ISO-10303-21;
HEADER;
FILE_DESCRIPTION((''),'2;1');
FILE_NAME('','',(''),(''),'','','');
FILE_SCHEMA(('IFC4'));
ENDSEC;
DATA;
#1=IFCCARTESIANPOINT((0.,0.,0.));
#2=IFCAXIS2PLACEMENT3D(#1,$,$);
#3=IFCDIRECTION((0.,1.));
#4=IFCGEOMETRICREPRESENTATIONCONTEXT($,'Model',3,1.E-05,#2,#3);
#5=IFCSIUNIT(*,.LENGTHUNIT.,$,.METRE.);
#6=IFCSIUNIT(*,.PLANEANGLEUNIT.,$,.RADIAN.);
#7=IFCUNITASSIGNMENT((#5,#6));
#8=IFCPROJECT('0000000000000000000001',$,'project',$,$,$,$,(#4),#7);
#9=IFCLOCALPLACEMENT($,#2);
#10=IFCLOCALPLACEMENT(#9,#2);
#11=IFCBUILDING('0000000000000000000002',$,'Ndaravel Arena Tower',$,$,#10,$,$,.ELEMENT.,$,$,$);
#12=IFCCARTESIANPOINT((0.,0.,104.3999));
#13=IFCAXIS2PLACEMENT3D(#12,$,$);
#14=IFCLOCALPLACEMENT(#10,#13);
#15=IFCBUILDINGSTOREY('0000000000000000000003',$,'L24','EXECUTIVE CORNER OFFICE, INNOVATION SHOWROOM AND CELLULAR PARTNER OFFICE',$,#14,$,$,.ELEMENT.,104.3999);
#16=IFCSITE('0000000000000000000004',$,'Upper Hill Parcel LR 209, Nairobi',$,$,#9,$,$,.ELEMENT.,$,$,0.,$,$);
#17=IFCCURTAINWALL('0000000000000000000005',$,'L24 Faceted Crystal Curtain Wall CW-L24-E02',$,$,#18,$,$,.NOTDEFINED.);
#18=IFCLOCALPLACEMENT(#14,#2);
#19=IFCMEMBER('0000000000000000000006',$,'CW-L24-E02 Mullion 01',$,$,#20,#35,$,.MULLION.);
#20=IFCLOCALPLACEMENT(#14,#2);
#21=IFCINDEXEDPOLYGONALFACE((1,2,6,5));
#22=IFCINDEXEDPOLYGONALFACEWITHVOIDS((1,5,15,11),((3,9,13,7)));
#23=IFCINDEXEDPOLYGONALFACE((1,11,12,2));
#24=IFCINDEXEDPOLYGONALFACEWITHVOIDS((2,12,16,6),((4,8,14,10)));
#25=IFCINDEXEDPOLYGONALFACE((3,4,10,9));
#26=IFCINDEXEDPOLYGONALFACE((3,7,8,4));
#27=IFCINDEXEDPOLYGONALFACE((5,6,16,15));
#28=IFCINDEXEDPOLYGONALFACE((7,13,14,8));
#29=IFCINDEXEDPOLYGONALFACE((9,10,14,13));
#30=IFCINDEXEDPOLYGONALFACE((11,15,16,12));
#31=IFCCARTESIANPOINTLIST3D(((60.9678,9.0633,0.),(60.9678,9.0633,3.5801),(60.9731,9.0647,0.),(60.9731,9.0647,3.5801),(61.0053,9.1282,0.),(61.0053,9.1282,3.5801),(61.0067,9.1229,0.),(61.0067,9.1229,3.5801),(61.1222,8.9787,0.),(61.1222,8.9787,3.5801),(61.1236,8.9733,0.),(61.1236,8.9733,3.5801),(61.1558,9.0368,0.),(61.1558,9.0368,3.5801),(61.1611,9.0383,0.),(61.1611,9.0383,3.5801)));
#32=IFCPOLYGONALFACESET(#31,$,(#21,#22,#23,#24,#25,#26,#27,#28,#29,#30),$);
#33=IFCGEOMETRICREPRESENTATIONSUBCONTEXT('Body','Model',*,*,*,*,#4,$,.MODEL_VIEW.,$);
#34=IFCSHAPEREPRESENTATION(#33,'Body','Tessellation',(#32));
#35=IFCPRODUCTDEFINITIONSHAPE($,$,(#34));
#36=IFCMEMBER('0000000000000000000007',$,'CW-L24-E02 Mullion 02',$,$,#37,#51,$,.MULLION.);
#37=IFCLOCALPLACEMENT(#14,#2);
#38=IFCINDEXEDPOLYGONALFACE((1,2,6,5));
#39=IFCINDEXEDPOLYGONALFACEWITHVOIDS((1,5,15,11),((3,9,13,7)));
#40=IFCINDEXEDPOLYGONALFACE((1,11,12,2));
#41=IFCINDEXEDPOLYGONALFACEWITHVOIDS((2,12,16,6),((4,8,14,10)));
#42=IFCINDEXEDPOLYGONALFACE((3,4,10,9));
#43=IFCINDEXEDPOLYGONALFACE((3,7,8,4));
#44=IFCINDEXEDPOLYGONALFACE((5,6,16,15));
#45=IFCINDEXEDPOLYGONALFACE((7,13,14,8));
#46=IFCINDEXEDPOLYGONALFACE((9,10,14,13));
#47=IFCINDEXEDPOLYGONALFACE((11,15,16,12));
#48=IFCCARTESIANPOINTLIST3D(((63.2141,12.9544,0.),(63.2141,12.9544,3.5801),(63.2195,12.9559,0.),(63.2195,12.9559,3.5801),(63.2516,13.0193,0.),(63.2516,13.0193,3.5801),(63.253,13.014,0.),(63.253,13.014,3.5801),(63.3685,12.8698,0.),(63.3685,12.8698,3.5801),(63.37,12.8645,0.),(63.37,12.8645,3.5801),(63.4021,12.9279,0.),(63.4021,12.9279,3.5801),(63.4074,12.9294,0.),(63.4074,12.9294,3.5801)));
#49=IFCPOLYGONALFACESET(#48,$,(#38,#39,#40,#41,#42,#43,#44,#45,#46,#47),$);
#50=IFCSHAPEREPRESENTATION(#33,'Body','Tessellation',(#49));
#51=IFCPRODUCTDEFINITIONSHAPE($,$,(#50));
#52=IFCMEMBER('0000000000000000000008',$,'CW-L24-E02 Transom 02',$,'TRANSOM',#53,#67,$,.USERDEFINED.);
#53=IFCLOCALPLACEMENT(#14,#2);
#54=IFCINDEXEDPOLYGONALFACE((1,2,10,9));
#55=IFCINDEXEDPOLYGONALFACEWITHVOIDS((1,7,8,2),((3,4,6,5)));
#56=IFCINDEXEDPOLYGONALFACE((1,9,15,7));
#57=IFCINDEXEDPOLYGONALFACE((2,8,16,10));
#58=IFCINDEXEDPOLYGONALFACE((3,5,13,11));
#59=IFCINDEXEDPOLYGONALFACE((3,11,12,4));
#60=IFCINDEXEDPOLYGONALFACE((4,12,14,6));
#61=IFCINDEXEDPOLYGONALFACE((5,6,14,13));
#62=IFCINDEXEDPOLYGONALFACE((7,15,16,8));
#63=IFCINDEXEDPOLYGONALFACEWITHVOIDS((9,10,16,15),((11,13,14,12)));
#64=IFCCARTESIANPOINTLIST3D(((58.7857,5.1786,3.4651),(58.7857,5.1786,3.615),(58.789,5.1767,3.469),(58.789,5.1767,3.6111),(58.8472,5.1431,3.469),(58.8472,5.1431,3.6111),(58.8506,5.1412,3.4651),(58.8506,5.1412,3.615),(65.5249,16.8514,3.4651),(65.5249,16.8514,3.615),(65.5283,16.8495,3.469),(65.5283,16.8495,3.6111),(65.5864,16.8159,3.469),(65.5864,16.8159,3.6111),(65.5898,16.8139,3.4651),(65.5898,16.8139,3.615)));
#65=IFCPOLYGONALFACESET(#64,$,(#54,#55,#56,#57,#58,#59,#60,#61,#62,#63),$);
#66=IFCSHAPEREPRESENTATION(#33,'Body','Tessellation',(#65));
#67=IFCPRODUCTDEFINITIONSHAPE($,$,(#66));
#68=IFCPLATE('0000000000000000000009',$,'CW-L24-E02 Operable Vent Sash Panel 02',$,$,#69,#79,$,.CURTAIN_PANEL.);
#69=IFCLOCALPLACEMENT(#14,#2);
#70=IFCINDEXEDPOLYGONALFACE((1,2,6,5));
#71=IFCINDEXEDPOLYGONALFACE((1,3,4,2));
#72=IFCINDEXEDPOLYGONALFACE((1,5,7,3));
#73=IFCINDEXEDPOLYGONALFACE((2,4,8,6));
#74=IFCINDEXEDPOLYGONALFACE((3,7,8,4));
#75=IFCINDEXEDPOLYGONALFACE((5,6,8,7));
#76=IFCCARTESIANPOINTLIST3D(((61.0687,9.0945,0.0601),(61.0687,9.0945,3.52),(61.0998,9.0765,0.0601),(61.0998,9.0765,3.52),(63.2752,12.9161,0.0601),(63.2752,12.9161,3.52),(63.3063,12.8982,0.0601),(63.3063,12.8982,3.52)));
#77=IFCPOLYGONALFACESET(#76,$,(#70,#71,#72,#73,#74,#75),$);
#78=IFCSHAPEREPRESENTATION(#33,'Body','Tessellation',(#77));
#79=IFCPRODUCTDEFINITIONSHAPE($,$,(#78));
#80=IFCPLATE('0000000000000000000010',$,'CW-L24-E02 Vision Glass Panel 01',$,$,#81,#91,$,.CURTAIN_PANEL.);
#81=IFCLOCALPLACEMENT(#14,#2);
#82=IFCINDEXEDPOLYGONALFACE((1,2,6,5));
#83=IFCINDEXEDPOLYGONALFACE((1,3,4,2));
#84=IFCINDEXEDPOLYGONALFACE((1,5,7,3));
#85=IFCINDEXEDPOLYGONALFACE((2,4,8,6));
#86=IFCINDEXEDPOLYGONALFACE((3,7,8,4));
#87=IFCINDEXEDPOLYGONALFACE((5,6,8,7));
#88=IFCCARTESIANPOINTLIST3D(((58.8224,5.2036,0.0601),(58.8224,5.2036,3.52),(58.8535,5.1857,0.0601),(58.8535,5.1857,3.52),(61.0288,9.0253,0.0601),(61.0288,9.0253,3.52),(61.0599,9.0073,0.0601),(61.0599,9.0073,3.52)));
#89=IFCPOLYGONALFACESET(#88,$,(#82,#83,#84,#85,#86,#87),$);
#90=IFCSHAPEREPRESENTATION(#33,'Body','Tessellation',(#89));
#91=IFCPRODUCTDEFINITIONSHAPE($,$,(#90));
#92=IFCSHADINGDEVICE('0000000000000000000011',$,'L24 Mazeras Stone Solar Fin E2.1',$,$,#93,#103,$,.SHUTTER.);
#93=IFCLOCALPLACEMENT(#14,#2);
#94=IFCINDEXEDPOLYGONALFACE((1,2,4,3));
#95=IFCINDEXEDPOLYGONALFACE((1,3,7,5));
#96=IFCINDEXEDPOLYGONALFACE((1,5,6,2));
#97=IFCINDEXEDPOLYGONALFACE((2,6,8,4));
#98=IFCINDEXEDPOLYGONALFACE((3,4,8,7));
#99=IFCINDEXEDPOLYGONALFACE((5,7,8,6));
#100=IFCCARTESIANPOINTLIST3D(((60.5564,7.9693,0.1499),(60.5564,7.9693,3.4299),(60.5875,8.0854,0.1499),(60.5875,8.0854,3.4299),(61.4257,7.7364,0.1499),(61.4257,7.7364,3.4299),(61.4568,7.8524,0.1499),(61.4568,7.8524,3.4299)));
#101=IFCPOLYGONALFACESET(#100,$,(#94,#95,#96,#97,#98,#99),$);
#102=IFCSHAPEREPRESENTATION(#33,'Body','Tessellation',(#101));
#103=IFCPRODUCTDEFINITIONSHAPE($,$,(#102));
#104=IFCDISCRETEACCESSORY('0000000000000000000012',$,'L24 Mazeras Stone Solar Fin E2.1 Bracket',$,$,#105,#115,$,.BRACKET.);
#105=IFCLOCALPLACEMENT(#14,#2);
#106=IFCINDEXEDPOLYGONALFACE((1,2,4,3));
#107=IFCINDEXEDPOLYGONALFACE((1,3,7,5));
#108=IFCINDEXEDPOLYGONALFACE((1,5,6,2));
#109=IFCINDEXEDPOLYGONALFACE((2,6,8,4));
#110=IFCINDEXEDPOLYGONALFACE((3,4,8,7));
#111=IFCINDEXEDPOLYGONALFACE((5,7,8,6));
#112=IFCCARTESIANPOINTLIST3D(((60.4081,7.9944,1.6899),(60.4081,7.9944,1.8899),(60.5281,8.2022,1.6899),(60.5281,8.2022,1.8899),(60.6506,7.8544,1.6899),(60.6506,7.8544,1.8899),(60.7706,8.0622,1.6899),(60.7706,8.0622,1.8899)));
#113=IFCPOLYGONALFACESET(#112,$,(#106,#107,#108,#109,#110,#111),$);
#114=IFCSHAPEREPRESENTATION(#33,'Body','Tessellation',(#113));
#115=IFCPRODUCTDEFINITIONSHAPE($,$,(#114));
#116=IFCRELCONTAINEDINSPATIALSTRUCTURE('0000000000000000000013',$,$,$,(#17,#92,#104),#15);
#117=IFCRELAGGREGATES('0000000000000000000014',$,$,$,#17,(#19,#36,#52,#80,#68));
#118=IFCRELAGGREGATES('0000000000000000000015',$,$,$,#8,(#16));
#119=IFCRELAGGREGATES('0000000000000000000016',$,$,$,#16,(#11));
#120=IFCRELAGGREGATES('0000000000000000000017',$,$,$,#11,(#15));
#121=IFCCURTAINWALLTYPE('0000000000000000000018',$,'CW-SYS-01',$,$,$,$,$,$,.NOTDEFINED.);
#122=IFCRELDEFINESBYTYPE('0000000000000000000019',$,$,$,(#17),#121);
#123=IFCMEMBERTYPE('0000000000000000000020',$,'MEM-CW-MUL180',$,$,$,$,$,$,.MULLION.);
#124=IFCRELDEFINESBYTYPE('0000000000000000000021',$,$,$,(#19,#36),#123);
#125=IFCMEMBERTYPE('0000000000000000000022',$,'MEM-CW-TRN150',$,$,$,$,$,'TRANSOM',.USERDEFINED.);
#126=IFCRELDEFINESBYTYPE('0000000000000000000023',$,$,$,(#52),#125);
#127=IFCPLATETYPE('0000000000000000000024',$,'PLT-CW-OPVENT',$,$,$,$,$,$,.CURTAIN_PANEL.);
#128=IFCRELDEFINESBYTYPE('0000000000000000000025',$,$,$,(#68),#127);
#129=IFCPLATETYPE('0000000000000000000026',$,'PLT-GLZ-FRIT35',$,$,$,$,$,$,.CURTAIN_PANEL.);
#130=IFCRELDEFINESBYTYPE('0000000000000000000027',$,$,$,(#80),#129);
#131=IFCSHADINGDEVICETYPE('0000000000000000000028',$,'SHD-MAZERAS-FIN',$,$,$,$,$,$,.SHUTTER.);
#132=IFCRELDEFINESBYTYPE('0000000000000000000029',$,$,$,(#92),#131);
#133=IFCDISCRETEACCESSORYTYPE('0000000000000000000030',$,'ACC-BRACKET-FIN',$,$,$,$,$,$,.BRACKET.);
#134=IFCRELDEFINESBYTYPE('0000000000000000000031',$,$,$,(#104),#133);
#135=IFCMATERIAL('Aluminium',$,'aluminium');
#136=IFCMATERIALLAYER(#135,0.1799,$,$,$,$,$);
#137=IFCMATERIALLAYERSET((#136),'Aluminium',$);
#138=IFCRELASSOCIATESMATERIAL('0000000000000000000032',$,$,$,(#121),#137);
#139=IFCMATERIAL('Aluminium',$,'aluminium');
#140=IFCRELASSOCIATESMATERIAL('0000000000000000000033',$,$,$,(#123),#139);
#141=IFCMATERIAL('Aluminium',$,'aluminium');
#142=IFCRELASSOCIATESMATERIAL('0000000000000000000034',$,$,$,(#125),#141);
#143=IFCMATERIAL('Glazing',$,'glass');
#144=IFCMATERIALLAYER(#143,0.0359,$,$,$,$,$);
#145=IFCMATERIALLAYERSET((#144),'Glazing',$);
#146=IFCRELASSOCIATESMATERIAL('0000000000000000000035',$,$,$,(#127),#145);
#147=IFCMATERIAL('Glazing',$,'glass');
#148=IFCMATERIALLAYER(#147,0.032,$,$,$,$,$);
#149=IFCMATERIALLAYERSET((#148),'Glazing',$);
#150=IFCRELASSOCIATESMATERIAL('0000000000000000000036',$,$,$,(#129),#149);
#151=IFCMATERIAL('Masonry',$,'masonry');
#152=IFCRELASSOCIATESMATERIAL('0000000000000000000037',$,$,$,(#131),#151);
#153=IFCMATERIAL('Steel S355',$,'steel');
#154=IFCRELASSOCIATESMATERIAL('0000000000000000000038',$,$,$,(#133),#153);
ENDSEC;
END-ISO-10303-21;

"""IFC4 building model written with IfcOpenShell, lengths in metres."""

from ifc_helpers import new_model, si_unit, direction, frame, origin, origin_2d, place, context, subcontext, project, spatial, rectangle, hollow_rectangle, extrude, material, layer, layer_set, material_profile, profile_set, type_object, element, aggregate, save


model = new_model("IFC4")

# Units and contexts
model_context = context("Model", 3, precision=1e-05, world=origin(), true_north=direction((0.0, 1.0)))
body_context = subcontext(model_context, "Body", "Model", "MODEL_VIEW")
ifc_project = project(units=[si_unit("LENGTHUNIT", "METRE"), si_unit("PLANEANGLEUNIT", "RADIAN")], contexts=[model_context])

# Site, building, storey
site_placement = place(None, origin())
site = spatial("IfcSite", under=ifc_project, at=site_placement, Name="Upper Hill Parcel LR 209, Nairobi", CompositionType="ELEMENT", RefElevation=0.0)
building_placement = place(site_placement, origin())
building = spatial("IfcBuilding", under=site, at=building_placement, Name="Ndaravel Arena Tower", CompositionType="ELEMENT")
storey_placement = place(building_placement, frame((0.0, 0.0, 104.3999)))
storey = spatial("IfcBuildingStorey", under=building, at=storey_placement, Name="L24", Description="EXECUTIVE CORNER OFFICE, INNOVATION SHOWROOM AND CELLULAR PARTNER OFFICE", CompositionType="ELEMENT", Elevation=104.3999)

# Curtain wall, members, plates
ifc_material_1 = material(Name="Aluminium", Category="aluminium")
ifc_layer_1 = layer(ifc_material_1, 0.1799)
ifc_layer_set_1 = layer_set([ifc_layer_1], Name="Aluminium")
curtain_wall_type = type_object("IfcCurtainWallType", Name="CW-SYS-01", PredefinedType="NOTDEFINED", material=ifc_layer_set_1)
curtain_wall_placement = place(storey_placement, origin())
curtain_wall = element("IfcCurtainWall", 1, at=curtain_wall_placement, inside=storey, type_object=curtain_wall_type, Name="L24 Faceted Crystal Curtain Wall CW-L24-E02", PredefinedType="NOTDEFINED")
ifc_material_2 = material(Name="Aluminium", Category="aluminium")
ifc_material_profile_1 = material_profile(ifc_material_2, hollow_rectangle(XDim=0.075, YDim=0.1799, WallThickness=0.0039, at=origin_2d()), Name="CW MULLION 75x180x4")
ifc_profile_set_1 = profile_set([ifc_material_profile_1], Name="Aluminium")
member_type_1 = type_object("IfcMemberType", Name="MEM-CW-MUL180", PredefinedType="MULLION", material=ifc_profile_set_1)
member_1_placement = place(storey_placement, frame((61.0645, 9.0508, 0.0), z_axis=(0.0, 0.0, 1.0), x_axis=(0.5, 0.866025, 0.0)))
member_1 = element("IfcMember", 2, at=member_1_placement, type_object=member_type_1, Name="CW-L24-E02 Mullion 01", PredefinedType="MULLION", context=body_context, shape_type="SweptSolid", body=[
    extrude(hollow_rectangle(XDim=0.075, YDim=0.1799, WallThickness=0.0039, at=origin_2d()), origin(), (0.0, 0.0, 1.0), 3.5801),
])
member_2_placement = place(storey_placement, frame((63.3108, 12.9419, 0.0), z_axis=(0.0, 0.0, 1.0), x_axis=(0.5, 0.866025, 0.0)))
member_2 = element("IfcMember", 3, at=member_2_placement, type_object=member_type_1, Name="CW-L24-E02 Mullion 02", PredefinedType="MULLION", context=body_context, shape_type="SweptSolid", body=[
    extrude(hollow_rectangle(XDim=0.075, YDim=0.1799, WallThickness=0.0039, at=origin_2d()), origin(), (0.0, 0.0, 1.0), 3.5801),
])
ifc_material_3 = material(Name="Aluminium", Category="aluminium")
ifc_material_profile_2 = material_profile(ifc_material_3, hollow_rectangle(XDim=0.075, YDim=0.1499, WallThickness=0.0039, at=origin_2d()), Name="CW TRANSOM 75x150x4")
ifc_profile_set_2 = profile_set([ifc_material_profile_2], Name="Aluminium")
member_type_2 = type_object("IfcMemberType", Name="MEM-CW-TRN150", ElementType="TRANSOM", PredefinedType="USERDEFINED", material=ifc_profile_set_2)
member_3_placement = place(storey_placement, frame((58.8181, 5.1599, 3.54), z_axis=(0.499996, 0.866028, 0.0), x_axis=(-0.866028, 0.499996, 0.0)))
member_3 = element("IfcMember", 4, at=member_3_placement, type_object=member_type_2, Name="CW-L24-E02 Transom 02", ObjectType="TRANSOM", PredefinedType="USERDEFINED", context=body_context, shape_type="SweptSolid", body=[
    extrude(hollow_rectangle(XDim=0.075, YDim=0.1499, WallThickness=0.0039, at=origin_2d()), origin(), (0.0, 0.0, 1.0), 13.4785),
])
ifc_material_4 = material(Name="Glazing", Category="glass")
ifc_layer_2 = layer(ifc_material_4, 0.0359)
ifc_layer_set_2 = layer_set([ifc_layer_2], Name="Glazing")
plate_type_1 = type_object("IfcPlateType", Name="PLT-CW-OPVENT", PredefinedType="CURTAIN_PANEL", material=ifc_layer_set_2)
plate_1_placement = place(storey_placement, frame((62.1875, 10.9963, 0.0601), z_axis=(0.0, 0.0, 1.0), x_axis=(0.5, 0.866025, 0.0)))
plate_1 = element("IfcPlate", 5, at=plate_1_placement, type_object=plate_type_1, Name="CW-L24-E02 Operable Vent Sash Panel 02", PredefinedType="CURTAIN_PANEL", context=body_context, shape_type="SweptSolid", body=[
    extrude(rectangle(XDim=4.4128, YDim=0.0359, at=origin_2d()), origin(), (0.0, 0.0, 1.0), 3.46),
])
ifc_material_5 = material(Name="Glazing", Category="glass")
ifc_layer_3 = layer(ifc_material_5, 0.032)
ifc_layer_set_3 = layer_set([ifc_layer_3], Name="Glazing")
plate_type_2 = type_object("IfcPlateType", Name="PLT-GLZ-FRIT35", PredefinedType="CURTAIN_PANEL", material=ifc_layer_set_3)
plate_2_placement = place(storey_placement, frame((59.9412, 7.1055, 0.0601), z_axis=(0.0, 0.0, 1.0), x_axis=(0.5, 0.866025, 0.0)))
plate_2 = element("IfcPlate", 6, at=plate_2_placement, type_object=plate_type_2, Name="CW-L24-E02 Vision Glass Panel 01", PredefinedType="CURTAIN_PANEL", context=body_context, shape_type="SweptSolid", body=[
    extrude(rectangle(XDim=4.4128, YDim=0.0359, at=origin_2d()), origin(), (0.0, 0.0, 1.0), 3.46),
])
aggregate(curtain_wall, [member_1, member_2, member_3, plate_2, plate_1])

# Shading device
ifc_material_6 = material(Name="Masonry", Category="masonry")
shading_device_type = type_object("IfcShadingDeviceType", Name="SHD-MAZERAS-FIN", PredefinedType="SHUTTER", material=ifc_material_6)
shading_device_placement = place(storey_placement, frame((61.0066, 7.9109, 0.1499), z_axis=(0.0, 0.0, 1.0), x_axis=(0.965926, -0.258819, 0.0)))
element("IfcShadingDevice", 7, at=shading_device_placement, inside=storey, type_object=shading_device_type, Name="L24 Mazeras Stone Solar Fin E2.1", PredefinedType="SHUTTER", context=body_context, shape_type="SweptSolid", body=[
    extrude(rectangle(XDim=0.8999, YDim=0.1201, at=origin_2d()), origin(), (0.0, 0.0, 1.0), 3.28),
])

# Discrete accessory
ifc_material_7 = material(Name="Steel S355", Category="steel")
discrete_accessory_type = type_object("IfcDiscreteAccessoryType", Name="ACC-BRACKET-FIN", PredefinedType="BRACKET", material=ifc_material_7)
discrete_accessory_placement = place(storey_placement, frame((60.5894, 8.0283, 1.6899), z_axis=(0.0, 0.0, 1.0), x_axis=(0.866025, -0.5, 0.0)))
element("IfcDiscreteAccessory", 8, at=discrete_accessory_placement, inside=storey, type_object=discrete_accessory_type, Name="L24 Mazeras Stone Solar Fin E2.1 Bracket", PredefinedType="BRACKET", context=body_context, shape_type="SweptSolid", body=[
    extrude(rectangle(XDim=0.28, YDim=0.24, at=origin_2d()), origin(), (0.0, 0.0, 1.0), 0.2),
])

save(model, "model.ifc")
